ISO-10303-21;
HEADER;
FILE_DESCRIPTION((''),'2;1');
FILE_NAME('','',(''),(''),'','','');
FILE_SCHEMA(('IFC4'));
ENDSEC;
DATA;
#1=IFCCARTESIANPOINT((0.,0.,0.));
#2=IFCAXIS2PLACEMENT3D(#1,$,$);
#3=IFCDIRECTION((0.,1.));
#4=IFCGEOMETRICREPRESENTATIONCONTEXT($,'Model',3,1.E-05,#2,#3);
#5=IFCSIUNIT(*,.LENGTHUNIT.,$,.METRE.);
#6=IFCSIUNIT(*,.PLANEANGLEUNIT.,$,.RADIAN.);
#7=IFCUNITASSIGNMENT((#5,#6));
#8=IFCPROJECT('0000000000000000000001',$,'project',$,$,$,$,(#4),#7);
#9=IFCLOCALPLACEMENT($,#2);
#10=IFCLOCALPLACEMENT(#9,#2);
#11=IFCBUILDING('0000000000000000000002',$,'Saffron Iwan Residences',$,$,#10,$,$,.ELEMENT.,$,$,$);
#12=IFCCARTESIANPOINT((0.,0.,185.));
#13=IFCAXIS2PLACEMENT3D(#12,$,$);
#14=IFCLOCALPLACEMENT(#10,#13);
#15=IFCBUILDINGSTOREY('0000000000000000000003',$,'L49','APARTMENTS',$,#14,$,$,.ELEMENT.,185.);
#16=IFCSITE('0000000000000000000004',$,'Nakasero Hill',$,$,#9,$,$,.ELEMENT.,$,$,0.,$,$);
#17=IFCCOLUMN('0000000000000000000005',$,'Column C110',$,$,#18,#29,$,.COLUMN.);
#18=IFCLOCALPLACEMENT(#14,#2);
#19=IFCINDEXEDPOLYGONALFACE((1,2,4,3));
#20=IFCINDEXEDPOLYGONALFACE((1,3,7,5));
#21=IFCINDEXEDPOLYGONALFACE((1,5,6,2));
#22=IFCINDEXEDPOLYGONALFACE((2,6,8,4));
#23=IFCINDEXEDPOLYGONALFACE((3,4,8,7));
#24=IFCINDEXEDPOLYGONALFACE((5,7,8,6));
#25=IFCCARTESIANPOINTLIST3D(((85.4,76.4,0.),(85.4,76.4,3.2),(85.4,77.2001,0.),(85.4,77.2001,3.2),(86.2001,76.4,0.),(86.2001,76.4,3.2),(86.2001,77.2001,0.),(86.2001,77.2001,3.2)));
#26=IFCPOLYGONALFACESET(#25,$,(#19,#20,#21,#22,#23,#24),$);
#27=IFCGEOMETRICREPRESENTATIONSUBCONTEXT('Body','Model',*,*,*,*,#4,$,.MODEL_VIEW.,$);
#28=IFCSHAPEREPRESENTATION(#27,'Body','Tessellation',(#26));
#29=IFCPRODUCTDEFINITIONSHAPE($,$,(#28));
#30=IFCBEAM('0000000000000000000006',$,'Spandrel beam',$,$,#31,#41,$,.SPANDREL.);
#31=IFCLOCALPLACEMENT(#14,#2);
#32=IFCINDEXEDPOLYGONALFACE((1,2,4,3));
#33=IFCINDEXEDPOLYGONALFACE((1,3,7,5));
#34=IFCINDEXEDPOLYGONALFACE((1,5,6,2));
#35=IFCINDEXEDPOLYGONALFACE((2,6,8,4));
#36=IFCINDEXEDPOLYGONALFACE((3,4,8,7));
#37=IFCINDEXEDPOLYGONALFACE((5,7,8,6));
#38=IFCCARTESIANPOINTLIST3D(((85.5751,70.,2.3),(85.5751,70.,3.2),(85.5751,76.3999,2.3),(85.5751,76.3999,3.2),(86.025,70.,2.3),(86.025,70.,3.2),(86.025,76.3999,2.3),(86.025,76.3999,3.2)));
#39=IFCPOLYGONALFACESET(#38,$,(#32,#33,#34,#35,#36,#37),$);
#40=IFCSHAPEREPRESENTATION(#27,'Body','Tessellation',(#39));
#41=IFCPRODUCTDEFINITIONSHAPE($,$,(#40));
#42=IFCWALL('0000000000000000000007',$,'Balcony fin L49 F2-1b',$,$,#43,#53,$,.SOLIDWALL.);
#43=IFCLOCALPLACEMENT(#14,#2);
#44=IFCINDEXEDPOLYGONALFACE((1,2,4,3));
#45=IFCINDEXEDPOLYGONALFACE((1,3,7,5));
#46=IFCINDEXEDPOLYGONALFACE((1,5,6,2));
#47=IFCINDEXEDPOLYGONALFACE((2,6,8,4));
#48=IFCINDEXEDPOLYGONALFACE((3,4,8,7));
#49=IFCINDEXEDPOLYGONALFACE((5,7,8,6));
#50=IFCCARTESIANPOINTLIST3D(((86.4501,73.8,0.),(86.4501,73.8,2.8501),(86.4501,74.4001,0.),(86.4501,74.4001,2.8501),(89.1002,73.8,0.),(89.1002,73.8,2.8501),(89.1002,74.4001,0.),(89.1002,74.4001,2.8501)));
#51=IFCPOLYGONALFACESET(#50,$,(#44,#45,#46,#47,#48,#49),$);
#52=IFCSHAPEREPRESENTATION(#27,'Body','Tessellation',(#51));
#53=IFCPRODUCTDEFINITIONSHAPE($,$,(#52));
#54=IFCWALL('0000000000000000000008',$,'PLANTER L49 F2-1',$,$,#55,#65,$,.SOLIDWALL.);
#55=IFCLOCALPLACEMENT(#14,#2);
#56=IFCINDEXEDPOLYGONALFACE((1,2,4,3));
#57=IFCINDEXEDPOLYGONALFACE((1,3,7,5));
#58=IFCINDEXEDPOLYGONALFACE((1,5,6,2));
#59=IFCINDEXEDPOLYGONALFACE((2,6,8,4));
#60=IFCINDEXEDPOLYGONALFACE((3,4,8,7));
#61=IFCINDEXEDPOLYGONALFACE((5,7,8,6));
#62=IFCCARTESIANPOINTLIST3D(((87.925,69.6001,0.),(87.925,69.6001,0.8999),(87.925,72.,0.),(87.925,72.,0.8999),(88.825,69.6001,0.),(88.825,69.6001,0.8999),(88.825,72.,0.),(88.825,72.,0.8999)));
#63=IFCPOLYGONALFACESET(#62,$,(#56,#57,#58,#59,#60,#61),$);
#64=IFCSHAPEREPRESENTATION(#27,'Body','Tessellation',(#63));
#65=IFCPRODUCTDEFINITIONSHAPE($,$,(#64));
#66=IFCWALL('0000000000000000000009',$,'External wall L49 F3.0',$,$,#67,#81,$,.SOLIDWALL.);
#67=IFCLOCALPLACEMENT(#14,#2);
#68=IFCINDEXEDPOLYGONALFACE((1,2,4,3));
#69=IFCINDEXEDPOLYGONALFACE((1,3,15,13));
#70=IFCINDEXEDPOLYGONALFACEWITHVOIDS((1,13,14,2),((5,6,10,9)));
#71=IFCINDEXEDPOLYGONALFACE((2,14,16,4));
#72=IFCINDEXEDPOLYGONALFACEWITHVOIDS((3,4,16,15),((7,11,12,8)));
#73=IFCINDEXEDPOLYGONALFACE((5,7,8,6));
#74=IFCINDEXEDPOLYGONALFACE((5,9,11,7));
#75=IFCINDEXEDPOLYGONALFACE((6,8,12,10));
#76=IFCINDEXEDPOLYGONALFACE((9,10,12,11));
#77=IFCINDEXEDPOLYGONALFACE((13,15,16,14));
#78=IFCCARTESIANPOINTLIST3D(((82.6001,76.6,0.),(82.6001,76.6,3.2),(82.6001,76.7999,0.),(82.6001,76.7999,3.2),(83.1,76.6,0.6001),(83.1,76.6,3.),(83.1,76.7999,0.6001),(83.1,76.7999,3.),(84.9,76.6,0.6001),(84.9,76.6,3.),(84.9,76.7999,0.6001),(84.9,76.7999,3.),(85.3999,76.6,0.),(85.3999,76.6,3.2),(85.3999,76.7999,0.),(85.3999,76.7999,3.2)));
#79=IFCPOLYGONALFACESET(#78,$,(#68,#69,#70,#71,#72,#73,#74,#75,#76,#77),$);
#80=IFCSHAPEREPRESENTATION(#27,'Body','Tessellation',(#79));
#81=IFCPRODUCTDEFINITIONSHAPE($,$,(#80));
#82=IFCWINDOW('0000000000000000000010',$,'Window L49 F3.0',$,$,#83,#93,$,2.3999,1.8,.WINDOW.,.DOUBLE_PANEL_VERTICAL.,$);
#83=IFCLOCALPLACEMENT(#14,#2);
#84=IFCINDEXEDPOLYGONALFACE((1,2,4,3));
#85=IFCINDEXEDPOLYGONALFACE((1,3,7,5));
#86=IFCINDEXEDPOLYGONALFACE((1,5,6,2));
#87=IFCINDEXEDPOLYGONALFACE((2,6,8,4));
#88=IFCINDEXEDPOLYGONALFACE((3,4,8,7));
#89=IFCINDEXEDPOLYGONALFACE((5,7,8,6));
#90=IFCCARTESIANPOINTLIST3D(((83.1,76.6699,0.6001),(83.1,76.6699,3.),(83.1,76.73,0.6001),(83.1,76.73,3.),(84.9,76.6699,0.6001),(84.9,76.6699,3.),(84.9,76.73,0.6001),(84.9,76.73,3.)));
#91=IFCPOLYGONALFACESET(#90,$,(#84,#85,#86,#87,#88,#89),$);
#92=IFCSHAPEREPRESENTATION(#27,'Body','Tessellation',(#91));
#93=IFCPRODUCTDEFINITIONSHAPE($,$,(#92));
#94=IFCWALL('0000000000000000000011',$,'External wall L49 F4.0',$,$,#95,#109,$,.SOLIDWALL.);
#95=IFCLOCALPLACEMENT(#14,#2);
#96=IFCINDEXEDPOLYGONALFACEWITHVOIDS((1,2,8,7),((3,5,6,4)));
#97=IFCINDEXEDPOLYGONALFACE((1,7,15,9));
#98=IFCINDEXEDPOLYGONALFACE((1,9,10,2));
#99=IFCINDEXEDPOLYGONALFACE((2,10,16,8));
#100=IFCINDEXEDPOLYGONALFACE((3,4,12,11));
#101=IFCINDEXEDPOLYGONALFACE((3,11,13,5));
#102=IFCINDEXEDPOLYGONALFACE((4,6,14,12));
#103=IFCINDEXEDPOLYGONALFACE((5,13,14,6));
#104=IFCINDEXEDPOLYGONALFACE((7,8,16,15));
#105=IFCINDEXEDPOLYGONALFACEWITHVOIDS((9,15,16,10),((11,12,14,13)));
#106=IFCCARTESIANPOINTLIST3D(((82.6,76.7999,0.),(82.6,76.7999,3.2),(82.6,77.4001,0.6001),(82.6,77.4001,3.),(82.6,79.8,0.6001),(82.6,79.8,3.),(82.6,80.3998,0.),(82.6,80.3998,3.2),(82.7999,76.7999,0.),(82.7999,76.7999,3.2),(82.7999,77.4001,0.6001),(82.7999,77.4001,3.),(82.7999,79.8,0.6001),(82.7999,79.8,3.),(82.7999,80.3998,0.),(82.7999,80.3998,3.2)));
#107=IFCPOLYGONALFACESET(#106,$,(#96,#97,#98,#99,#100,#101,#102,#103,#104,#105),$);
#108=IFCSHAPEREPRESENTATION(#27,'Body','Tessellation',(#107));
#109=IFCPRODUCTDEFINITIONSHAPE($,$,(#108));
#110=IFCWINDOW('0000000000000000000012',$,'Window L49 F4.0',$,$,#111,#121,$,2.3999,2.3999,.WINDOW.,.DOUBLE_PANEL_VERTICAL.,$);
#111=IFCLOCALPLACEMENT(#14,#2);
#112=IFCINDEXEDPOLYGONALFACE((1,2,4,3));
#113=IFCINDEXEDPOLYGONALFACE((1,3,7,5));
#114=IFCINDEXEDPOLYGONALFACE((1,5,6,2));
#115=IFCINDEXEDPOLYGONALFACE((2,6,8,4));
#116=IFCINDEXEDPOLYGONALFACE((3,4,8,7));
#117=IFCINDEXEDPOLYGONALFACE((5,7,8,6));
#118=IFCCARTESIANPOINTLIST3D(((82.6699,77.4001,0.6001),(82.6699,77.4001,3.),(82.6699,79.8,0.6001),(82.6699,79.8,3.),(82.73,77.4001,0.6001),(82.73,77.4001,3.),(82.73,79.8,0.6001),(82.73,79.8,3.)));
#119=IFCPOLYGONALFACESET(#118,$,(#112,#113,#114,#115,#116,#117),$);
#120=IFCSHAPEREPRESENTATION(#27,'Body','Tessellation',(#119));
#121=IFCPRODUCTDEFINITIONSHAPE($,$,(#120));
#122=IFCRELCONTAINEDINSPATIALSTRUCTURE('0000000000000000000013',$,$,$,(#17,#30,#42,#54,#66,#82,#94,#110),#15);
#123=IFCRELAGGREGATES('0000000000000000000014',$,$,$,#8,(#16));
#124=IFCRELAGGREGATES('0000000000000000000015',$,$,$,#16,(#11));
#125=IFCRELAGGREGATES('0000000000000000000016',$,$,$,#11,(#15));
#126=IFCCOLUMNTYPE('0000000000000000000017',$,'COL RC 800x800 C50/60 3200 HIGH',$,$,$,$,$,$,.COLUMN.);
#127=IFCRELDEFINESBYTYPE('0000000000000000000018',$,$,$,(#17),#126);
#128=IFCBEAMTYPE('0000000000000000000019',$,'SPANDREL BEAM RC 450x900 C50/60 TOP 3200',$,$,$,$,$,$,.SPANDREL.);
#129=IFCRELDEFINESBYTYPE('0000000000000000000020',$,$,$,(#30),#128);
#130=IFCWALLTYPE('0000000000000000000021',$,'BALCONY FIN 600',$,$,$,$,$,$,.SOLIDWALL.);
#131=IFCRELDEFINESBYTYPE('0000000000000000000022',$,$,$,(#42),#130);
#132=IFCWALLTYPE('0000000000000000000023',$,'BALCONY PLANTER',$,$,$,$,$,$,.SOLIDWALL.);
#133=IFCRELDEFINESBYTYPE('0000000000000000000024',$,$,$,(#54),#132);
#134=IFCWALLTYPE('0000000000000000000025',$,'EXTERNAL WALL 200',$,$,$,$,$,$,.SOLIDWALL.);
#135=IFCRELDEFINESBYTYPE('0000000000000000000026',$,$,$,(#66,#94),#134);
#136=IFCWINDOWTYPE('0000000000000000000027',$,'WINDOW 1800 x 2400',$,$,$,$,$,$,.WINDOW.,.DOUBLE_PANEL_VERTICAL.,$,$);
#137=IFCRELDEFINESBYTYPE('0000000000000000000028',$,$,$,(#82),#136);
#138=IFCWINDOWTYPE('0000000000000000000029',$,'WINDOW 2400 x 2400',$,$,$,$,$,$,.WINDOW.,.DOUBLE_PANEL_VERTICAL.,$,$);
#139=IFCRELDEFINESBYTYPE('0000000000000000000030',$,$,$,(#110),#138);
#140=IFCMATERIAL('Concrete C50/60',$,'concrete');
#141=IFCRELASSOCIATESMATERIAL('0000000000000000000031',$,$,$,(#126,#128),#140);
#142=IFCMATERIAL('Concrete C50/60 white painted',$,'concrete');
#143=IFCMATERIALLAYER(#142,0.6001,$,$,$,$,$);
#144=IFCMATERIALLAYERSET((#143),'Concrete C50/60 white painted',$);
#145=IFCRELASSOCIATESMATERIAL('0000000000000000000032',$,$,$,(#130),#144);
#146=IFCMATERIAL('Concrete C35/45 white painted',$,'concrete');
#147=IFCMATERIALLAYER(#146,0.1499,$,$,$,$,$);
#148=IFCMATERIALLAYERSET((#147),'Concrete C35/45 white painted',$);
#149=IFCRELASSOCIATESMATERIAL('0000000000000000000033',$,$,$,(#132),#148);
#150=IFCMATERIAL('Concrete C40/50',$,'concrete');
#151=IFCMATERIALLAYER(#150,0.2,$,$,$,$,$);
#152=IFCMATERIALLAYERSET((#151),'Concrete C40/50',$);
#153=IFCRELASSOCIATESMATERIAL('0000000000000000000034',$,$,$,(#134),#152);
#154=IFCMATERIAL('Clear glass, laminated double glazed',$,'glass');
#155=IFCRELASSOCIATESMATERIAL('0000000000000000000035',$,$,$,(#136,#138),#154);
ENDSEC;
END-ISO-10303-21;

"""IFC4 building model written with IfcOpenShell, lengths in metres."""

from ifc_helpers import new_model, si_unit, direction, frame, frame_2d, origin, origin_2d, place, context, subcontext, project, spatial, rectangle, extrude, source, transform, mapped, material, layer, layer_set, material_profile, profile_set, type_object, element, fill, save


model = new_model("IFC4")

# Units and contexts
model_context = context("Model", 3, precision=1e-05, world=origin(), true_north=direction((0.0, 1.0)))
body_context = subcontext(model_context, "Body", "Model", "MODEL_VIEW")
ifc_project = project(units=[si_unit("LENGTHUNIT", "METRE"), si_unit("PLANEANGLEUNIT", "RADIAN")], contexts=[model_context])

# Site, building, storey
site_placement = place(None, origin())
site = spatial("IfcSite", under=ifc_project, at=site_placement, Name="Nakasero Hill", CompositionType="ELEMENT", RefElevation=0.0)
building_placement = place(site_placement, origin())
building = spatial("IfcBuilding", under=site, at=building_placement, Name="Saffron Iwan Residences", CompositionType="ELEMENT")
storey_placement = place(building_placement, frame((0.0, 0.0, 185.0)))
storey = spatial("IfcBuildingStorey", under=building, at=storey_placement, Name="L49", Description="APARTMENTS", CompositionType="ELEMENT", Elevation=185.0)

# Column
ifc_material_1 = material(Name="Concrete C50/60", Category="concrete")
ifc_material_profile_1 = material_profile(ifc_material_1, rectangle(XDim=0.8, YDim=0.8, at=origin_2d()), Name="RC 800x800")
ifc_profile_set_1 = profile_set([ifc_material_profile_1], Name="Concrete C50/60")
column_type = type_object("IfcColumnType", Name="COL RC 800x800 C50/60 3200 HIGH", PredefinedType="COLUMN", material=ifc_profile_set_1)
shared_shape_1 = source(origin(), body_context, "Body", "SweptSolid", [
    extrude(rectangle(XDim=0.8, YDim=0.8, at=origin_2d()), origin(), (0.0, 0.0, 1.0), 3.2),
])
column_placement = place(storey_placement, frame((85.8, 76.8, 0.0), z_axis=(0.0, 0.0, 1.0), x_axis=(1.0, 0.0, 0.0)))
element("IfcColumn", 1, at=column_placement, inside=storey, type_object=column_type, Name="Column C110", PredefinedType="COLUMN", context=body_context, shape_type="MappedRepresentation", body=[
    mapped(shared_shape_1, transform((0.0, 0.0, 0.0))),
])

# Beam
ifc_material_profile_2 = material_profile(ifc_material_1, rectangle(XDim=0.45, YDim=0.8999, at=origin_2d()), Name="RC 450x900")
ifc_profile_set_2 = profile_set([ifc_material_profile_2], Name="Concrete C50/60")
beam_type = type_object("IfcBeamType", Name="SPANDREL BEAM RC 450x900 C50/60 TOP 3200", PredefinedType="SPANDREL", material=ifc_profile_set_2)
shared_shape_2 = source(origin(), body_context, "Body", "SweptSolid", [
    extrude(rectangle(XDim=0.45, YDim=0.8999, at=origin_2d()), origin(), (0.0, 0.0, 1.0), 6.3999),
])
beam_placement = place(storey_placement, frame((85.8, 76.3999, 2.75), z_axis=(0.0, -1.0, 0.0), x_axis=(1.0, 0.0, 0.0)))
element("IfcBeam", 2, at=beam_placement, inside=storey, type_object=beam_type, Name="Spandrel beam", PredefinedType="SPANDREL", context=body_context, shape_type="MappedRepresentation", body=[
    mapped(shared_shape_2, transform((0.0, 0.0, 0.0))),
])

# Walls
ifc_material_2 = material(Name="Concrete C50/60 white painted", Category="concrete")
ifc_layer_1 = layer(ifc_material_2, 0.6001)
ifc_layer_set_1 = layer_set([ifc_layer_1], Name="Concrete C50/60 white painted")
wall_type_1 = type_object("IfcWallType", Name="BALCONY FIN 600", PredefinedType="SOLIDWALL", material=ifc_layer_set_1)
wall_1_placement = place(storey_placement, frame((86.45, 74.1001, 0.0), z_axis=(0.0, 0.0, 1.0), x_axis=(1.0, 0.0, 0.0)))
element("IfcWall", 3, at=wall_1_placement, inside=storey, type_object=wall_type_1, Name="Balcony fin L49 F2-1b", PredefinedType="SOLIDWALL", context=body_context, shape_type="SweptSolid", body=[
    extrude(rectangle(XDim=2.6501, YDim=0.6001, at=frame_2d((1.3252, 0.0))), origin(), (0.0, 0.0, 1.0), 2.8501),
])
ifc_material_3 = material(Name="Concrete C35/45 white painted", Category="concrete")
ifc_layer_2 = layer(ifc_material_3, 0.1499)
ifc_layer_set_2 = layer_set([ifc_layer_2], Name="Concrete C35/45 white painted")
wall_type_2 = type_object("IfcWallType", Name="BALCONY PLANTER", PredefinedType="SOLIDWALL", material=ifc_layer_set_2)
wall_2_placement = place(storey_placement, frame((88.375, 69.6001, 0.0), z_axis=(0.0, 0.0, 1.0), x_axis=(0.0, 1.0, 0.0)))
element("IfcWall", 4, at=wall_2_placement, inside=storey, type_object=wall_type_2, Name="PLANTER L49 F2-1", PredefinedType="SOLIDWALL", context=body_context, shape_type="SweptSolid", body=[
    extrude(rectangle(XDim=2.3999, YDim=0.8999, at=frame_2d((1.2, 0.0))), origin(), (0.0, 0.0, 1.0), 0.8999),
])

# Walls, openings, windows
ifc_material_4 = material(Name="Concrete C40/50", Category="concrete")
ifc_layer_3 = layer(ifc_material_4, 0.2)
ifc_layer_set_3 = layer_set([ifc_layer_3], Name="Concrete C40/50")
wall_type_3 = type_object("IfcWallType", Name="EXTERNAL WALL 200", PredefinedType="SOLIDWALL", material=ifc_layer_set_3)
wall_3_placement = place(storey_placement, frame((85.3999, 76.7, 0.0), z_axis=(0.0, 0.0, 1.0), x_axis=(-1.0, 0.0, 0.0)))
wall_3 = element("IfcWall", 5, at=wall_3_placement, inside=storey, type_object=wall_type_3, Name="External wall L49 F3.0", PredefinedType="SOLIDWALL", context=body_context, shape_type="SweptSolid", body=[
    extrude(rectangle(XDim=2.7998, YDim=0.2, at=frame_2d((1.3999, 0.0))), origin(), (0.0, 0.0, 1.0), 3.2),
])
opening_1_placement = place(wall_3_placement, frame((0.5, 0.0, 0.6001)))
opening_1 = element("IfcOpeningElement", 6, at=opening_1_placement, cuts=wall_3, PredefinedType="OPENING", context=body_context, shape_type="SweptSolid", body=[
    extrude(rectangle(XDim=1.8, YDim=2.3999, at=frame_2d((0.8999, 1.2))), frame((0.0, 0.1099, 0.0), z_axis=(0.0, -1.0, 0.0), x_axis=(1.0, 0.0, 0.0)), (0.0, 0.0, 1.0), 0.22),
])
ifc_material_5 = material(Name="Clear glass, laminated double glazed", Category="glass")
window_type_1 = type_object("IfcWindowType", Name="WINDOW 1800 x 2400", PartitioningType="DOUBLE_PANEL_VERTICAL", PredefinedType="WINDOW", material=ifc_material_5)
window_1_placement = place(opening_1_placement, origin())
window_1 = element("IfcWindow", 7, at=window_1_placement, inside=storey, type_object=window_type_1, Name="Window L49 F3.0", OverallHeight=2.3999, OverallWidth=1.8, PartitioningType="DOUBLE_PANEL_VERTICAL", PredefinedType="WINDOW", context=body_context, shape_type="SweptSolid", body=[
    extrude(rectangle(XDim=1.8, YDim=2.3999, at=frame_2d((0.8999, 1.2))), frame((0.0, 0.03, 0.0), z_axis=(0.0, -1.0, 0.0), x_axis=(1.0, 0.0, 0.0)), (0.0, 0.0, 1.0), 0.0601),
])
fill(opening_1, window_1)
wall_4_placement = place(storey_placement, frame((82.7, 76.8, 0.0), z_axis=(0.0, 0.0, 1.0), x_axis=(0.0, 1.0, 0.0)))
wall_4 = element("IfcWall", 8, at=wall_4_placement, inside=storey, type_object=wall_type_3, Name="External wall L49 F4.0", PredefinedType="SOLIDWALL", context=body_context, shape_type="SweptSolid", body=[
    extrude(rectangle(XDim=3.5999, YDim=0.2, at=frame_2d((1.7998, 0.0))), origin(), (0.0, 0.0, 1.0), 3.2),
])
opening_2_placement = place(wall_4_placement, frame((0.6001, 0.0, 0.6001)))
opening_2 = element("IfcOpeningElement", 9, at=opening_2_placement, cuts=wall_4, PredefinedType="OPENING", context=body_context, shape_type="SweptSolid", body=[
    extrude(rectangle(XDim=2.3999, YDim=2.3999, at=frame_2d((1.2, 1.2))), frame((0.0, 0.1099, 0.0), z_axis=(0.0, -1.0, 0.0), x_axis=(1.0, 0.0, 0.0)), (0.0, 0.0, 1.0), 0.22),
])
window_type_2 = type_object("IfcWindowType", Name="WINDOW 2400 x 2400", PartitioningType="DOUBLE_PANEL_VERTICAL", PredefinedType="WINDOW", material=ifc_material_5)
window_2_placement = place(opening_2_placement, origin())
window_2 = element("IfcWindow", 10, at=window_2_placement, inside=storey, type_object=window_type_2, Name="Window L49 F4.0", OverallHeight=2.3999, OverallWidth=2.3999, PartitioningType="DOUBLE_PANEL_VERTICAL", PredefinedType="WINDOW", context=body_context, shape_type="SweptSolid", body=[
    extrude(rectangle(XDim=2.3999, YDim=2.3999, at=frame_2d((1.2, 1.2))), frame((0.0, 0.03, 0.0), z_axis=(0.0, -1.0, 0.0), x_axis=(1.0, 0.0, 0.0)), (0.0, 0.0, 1.0), 0.0601),
])
fill(opening_2, window_2)

save(model, "model.ifc")
